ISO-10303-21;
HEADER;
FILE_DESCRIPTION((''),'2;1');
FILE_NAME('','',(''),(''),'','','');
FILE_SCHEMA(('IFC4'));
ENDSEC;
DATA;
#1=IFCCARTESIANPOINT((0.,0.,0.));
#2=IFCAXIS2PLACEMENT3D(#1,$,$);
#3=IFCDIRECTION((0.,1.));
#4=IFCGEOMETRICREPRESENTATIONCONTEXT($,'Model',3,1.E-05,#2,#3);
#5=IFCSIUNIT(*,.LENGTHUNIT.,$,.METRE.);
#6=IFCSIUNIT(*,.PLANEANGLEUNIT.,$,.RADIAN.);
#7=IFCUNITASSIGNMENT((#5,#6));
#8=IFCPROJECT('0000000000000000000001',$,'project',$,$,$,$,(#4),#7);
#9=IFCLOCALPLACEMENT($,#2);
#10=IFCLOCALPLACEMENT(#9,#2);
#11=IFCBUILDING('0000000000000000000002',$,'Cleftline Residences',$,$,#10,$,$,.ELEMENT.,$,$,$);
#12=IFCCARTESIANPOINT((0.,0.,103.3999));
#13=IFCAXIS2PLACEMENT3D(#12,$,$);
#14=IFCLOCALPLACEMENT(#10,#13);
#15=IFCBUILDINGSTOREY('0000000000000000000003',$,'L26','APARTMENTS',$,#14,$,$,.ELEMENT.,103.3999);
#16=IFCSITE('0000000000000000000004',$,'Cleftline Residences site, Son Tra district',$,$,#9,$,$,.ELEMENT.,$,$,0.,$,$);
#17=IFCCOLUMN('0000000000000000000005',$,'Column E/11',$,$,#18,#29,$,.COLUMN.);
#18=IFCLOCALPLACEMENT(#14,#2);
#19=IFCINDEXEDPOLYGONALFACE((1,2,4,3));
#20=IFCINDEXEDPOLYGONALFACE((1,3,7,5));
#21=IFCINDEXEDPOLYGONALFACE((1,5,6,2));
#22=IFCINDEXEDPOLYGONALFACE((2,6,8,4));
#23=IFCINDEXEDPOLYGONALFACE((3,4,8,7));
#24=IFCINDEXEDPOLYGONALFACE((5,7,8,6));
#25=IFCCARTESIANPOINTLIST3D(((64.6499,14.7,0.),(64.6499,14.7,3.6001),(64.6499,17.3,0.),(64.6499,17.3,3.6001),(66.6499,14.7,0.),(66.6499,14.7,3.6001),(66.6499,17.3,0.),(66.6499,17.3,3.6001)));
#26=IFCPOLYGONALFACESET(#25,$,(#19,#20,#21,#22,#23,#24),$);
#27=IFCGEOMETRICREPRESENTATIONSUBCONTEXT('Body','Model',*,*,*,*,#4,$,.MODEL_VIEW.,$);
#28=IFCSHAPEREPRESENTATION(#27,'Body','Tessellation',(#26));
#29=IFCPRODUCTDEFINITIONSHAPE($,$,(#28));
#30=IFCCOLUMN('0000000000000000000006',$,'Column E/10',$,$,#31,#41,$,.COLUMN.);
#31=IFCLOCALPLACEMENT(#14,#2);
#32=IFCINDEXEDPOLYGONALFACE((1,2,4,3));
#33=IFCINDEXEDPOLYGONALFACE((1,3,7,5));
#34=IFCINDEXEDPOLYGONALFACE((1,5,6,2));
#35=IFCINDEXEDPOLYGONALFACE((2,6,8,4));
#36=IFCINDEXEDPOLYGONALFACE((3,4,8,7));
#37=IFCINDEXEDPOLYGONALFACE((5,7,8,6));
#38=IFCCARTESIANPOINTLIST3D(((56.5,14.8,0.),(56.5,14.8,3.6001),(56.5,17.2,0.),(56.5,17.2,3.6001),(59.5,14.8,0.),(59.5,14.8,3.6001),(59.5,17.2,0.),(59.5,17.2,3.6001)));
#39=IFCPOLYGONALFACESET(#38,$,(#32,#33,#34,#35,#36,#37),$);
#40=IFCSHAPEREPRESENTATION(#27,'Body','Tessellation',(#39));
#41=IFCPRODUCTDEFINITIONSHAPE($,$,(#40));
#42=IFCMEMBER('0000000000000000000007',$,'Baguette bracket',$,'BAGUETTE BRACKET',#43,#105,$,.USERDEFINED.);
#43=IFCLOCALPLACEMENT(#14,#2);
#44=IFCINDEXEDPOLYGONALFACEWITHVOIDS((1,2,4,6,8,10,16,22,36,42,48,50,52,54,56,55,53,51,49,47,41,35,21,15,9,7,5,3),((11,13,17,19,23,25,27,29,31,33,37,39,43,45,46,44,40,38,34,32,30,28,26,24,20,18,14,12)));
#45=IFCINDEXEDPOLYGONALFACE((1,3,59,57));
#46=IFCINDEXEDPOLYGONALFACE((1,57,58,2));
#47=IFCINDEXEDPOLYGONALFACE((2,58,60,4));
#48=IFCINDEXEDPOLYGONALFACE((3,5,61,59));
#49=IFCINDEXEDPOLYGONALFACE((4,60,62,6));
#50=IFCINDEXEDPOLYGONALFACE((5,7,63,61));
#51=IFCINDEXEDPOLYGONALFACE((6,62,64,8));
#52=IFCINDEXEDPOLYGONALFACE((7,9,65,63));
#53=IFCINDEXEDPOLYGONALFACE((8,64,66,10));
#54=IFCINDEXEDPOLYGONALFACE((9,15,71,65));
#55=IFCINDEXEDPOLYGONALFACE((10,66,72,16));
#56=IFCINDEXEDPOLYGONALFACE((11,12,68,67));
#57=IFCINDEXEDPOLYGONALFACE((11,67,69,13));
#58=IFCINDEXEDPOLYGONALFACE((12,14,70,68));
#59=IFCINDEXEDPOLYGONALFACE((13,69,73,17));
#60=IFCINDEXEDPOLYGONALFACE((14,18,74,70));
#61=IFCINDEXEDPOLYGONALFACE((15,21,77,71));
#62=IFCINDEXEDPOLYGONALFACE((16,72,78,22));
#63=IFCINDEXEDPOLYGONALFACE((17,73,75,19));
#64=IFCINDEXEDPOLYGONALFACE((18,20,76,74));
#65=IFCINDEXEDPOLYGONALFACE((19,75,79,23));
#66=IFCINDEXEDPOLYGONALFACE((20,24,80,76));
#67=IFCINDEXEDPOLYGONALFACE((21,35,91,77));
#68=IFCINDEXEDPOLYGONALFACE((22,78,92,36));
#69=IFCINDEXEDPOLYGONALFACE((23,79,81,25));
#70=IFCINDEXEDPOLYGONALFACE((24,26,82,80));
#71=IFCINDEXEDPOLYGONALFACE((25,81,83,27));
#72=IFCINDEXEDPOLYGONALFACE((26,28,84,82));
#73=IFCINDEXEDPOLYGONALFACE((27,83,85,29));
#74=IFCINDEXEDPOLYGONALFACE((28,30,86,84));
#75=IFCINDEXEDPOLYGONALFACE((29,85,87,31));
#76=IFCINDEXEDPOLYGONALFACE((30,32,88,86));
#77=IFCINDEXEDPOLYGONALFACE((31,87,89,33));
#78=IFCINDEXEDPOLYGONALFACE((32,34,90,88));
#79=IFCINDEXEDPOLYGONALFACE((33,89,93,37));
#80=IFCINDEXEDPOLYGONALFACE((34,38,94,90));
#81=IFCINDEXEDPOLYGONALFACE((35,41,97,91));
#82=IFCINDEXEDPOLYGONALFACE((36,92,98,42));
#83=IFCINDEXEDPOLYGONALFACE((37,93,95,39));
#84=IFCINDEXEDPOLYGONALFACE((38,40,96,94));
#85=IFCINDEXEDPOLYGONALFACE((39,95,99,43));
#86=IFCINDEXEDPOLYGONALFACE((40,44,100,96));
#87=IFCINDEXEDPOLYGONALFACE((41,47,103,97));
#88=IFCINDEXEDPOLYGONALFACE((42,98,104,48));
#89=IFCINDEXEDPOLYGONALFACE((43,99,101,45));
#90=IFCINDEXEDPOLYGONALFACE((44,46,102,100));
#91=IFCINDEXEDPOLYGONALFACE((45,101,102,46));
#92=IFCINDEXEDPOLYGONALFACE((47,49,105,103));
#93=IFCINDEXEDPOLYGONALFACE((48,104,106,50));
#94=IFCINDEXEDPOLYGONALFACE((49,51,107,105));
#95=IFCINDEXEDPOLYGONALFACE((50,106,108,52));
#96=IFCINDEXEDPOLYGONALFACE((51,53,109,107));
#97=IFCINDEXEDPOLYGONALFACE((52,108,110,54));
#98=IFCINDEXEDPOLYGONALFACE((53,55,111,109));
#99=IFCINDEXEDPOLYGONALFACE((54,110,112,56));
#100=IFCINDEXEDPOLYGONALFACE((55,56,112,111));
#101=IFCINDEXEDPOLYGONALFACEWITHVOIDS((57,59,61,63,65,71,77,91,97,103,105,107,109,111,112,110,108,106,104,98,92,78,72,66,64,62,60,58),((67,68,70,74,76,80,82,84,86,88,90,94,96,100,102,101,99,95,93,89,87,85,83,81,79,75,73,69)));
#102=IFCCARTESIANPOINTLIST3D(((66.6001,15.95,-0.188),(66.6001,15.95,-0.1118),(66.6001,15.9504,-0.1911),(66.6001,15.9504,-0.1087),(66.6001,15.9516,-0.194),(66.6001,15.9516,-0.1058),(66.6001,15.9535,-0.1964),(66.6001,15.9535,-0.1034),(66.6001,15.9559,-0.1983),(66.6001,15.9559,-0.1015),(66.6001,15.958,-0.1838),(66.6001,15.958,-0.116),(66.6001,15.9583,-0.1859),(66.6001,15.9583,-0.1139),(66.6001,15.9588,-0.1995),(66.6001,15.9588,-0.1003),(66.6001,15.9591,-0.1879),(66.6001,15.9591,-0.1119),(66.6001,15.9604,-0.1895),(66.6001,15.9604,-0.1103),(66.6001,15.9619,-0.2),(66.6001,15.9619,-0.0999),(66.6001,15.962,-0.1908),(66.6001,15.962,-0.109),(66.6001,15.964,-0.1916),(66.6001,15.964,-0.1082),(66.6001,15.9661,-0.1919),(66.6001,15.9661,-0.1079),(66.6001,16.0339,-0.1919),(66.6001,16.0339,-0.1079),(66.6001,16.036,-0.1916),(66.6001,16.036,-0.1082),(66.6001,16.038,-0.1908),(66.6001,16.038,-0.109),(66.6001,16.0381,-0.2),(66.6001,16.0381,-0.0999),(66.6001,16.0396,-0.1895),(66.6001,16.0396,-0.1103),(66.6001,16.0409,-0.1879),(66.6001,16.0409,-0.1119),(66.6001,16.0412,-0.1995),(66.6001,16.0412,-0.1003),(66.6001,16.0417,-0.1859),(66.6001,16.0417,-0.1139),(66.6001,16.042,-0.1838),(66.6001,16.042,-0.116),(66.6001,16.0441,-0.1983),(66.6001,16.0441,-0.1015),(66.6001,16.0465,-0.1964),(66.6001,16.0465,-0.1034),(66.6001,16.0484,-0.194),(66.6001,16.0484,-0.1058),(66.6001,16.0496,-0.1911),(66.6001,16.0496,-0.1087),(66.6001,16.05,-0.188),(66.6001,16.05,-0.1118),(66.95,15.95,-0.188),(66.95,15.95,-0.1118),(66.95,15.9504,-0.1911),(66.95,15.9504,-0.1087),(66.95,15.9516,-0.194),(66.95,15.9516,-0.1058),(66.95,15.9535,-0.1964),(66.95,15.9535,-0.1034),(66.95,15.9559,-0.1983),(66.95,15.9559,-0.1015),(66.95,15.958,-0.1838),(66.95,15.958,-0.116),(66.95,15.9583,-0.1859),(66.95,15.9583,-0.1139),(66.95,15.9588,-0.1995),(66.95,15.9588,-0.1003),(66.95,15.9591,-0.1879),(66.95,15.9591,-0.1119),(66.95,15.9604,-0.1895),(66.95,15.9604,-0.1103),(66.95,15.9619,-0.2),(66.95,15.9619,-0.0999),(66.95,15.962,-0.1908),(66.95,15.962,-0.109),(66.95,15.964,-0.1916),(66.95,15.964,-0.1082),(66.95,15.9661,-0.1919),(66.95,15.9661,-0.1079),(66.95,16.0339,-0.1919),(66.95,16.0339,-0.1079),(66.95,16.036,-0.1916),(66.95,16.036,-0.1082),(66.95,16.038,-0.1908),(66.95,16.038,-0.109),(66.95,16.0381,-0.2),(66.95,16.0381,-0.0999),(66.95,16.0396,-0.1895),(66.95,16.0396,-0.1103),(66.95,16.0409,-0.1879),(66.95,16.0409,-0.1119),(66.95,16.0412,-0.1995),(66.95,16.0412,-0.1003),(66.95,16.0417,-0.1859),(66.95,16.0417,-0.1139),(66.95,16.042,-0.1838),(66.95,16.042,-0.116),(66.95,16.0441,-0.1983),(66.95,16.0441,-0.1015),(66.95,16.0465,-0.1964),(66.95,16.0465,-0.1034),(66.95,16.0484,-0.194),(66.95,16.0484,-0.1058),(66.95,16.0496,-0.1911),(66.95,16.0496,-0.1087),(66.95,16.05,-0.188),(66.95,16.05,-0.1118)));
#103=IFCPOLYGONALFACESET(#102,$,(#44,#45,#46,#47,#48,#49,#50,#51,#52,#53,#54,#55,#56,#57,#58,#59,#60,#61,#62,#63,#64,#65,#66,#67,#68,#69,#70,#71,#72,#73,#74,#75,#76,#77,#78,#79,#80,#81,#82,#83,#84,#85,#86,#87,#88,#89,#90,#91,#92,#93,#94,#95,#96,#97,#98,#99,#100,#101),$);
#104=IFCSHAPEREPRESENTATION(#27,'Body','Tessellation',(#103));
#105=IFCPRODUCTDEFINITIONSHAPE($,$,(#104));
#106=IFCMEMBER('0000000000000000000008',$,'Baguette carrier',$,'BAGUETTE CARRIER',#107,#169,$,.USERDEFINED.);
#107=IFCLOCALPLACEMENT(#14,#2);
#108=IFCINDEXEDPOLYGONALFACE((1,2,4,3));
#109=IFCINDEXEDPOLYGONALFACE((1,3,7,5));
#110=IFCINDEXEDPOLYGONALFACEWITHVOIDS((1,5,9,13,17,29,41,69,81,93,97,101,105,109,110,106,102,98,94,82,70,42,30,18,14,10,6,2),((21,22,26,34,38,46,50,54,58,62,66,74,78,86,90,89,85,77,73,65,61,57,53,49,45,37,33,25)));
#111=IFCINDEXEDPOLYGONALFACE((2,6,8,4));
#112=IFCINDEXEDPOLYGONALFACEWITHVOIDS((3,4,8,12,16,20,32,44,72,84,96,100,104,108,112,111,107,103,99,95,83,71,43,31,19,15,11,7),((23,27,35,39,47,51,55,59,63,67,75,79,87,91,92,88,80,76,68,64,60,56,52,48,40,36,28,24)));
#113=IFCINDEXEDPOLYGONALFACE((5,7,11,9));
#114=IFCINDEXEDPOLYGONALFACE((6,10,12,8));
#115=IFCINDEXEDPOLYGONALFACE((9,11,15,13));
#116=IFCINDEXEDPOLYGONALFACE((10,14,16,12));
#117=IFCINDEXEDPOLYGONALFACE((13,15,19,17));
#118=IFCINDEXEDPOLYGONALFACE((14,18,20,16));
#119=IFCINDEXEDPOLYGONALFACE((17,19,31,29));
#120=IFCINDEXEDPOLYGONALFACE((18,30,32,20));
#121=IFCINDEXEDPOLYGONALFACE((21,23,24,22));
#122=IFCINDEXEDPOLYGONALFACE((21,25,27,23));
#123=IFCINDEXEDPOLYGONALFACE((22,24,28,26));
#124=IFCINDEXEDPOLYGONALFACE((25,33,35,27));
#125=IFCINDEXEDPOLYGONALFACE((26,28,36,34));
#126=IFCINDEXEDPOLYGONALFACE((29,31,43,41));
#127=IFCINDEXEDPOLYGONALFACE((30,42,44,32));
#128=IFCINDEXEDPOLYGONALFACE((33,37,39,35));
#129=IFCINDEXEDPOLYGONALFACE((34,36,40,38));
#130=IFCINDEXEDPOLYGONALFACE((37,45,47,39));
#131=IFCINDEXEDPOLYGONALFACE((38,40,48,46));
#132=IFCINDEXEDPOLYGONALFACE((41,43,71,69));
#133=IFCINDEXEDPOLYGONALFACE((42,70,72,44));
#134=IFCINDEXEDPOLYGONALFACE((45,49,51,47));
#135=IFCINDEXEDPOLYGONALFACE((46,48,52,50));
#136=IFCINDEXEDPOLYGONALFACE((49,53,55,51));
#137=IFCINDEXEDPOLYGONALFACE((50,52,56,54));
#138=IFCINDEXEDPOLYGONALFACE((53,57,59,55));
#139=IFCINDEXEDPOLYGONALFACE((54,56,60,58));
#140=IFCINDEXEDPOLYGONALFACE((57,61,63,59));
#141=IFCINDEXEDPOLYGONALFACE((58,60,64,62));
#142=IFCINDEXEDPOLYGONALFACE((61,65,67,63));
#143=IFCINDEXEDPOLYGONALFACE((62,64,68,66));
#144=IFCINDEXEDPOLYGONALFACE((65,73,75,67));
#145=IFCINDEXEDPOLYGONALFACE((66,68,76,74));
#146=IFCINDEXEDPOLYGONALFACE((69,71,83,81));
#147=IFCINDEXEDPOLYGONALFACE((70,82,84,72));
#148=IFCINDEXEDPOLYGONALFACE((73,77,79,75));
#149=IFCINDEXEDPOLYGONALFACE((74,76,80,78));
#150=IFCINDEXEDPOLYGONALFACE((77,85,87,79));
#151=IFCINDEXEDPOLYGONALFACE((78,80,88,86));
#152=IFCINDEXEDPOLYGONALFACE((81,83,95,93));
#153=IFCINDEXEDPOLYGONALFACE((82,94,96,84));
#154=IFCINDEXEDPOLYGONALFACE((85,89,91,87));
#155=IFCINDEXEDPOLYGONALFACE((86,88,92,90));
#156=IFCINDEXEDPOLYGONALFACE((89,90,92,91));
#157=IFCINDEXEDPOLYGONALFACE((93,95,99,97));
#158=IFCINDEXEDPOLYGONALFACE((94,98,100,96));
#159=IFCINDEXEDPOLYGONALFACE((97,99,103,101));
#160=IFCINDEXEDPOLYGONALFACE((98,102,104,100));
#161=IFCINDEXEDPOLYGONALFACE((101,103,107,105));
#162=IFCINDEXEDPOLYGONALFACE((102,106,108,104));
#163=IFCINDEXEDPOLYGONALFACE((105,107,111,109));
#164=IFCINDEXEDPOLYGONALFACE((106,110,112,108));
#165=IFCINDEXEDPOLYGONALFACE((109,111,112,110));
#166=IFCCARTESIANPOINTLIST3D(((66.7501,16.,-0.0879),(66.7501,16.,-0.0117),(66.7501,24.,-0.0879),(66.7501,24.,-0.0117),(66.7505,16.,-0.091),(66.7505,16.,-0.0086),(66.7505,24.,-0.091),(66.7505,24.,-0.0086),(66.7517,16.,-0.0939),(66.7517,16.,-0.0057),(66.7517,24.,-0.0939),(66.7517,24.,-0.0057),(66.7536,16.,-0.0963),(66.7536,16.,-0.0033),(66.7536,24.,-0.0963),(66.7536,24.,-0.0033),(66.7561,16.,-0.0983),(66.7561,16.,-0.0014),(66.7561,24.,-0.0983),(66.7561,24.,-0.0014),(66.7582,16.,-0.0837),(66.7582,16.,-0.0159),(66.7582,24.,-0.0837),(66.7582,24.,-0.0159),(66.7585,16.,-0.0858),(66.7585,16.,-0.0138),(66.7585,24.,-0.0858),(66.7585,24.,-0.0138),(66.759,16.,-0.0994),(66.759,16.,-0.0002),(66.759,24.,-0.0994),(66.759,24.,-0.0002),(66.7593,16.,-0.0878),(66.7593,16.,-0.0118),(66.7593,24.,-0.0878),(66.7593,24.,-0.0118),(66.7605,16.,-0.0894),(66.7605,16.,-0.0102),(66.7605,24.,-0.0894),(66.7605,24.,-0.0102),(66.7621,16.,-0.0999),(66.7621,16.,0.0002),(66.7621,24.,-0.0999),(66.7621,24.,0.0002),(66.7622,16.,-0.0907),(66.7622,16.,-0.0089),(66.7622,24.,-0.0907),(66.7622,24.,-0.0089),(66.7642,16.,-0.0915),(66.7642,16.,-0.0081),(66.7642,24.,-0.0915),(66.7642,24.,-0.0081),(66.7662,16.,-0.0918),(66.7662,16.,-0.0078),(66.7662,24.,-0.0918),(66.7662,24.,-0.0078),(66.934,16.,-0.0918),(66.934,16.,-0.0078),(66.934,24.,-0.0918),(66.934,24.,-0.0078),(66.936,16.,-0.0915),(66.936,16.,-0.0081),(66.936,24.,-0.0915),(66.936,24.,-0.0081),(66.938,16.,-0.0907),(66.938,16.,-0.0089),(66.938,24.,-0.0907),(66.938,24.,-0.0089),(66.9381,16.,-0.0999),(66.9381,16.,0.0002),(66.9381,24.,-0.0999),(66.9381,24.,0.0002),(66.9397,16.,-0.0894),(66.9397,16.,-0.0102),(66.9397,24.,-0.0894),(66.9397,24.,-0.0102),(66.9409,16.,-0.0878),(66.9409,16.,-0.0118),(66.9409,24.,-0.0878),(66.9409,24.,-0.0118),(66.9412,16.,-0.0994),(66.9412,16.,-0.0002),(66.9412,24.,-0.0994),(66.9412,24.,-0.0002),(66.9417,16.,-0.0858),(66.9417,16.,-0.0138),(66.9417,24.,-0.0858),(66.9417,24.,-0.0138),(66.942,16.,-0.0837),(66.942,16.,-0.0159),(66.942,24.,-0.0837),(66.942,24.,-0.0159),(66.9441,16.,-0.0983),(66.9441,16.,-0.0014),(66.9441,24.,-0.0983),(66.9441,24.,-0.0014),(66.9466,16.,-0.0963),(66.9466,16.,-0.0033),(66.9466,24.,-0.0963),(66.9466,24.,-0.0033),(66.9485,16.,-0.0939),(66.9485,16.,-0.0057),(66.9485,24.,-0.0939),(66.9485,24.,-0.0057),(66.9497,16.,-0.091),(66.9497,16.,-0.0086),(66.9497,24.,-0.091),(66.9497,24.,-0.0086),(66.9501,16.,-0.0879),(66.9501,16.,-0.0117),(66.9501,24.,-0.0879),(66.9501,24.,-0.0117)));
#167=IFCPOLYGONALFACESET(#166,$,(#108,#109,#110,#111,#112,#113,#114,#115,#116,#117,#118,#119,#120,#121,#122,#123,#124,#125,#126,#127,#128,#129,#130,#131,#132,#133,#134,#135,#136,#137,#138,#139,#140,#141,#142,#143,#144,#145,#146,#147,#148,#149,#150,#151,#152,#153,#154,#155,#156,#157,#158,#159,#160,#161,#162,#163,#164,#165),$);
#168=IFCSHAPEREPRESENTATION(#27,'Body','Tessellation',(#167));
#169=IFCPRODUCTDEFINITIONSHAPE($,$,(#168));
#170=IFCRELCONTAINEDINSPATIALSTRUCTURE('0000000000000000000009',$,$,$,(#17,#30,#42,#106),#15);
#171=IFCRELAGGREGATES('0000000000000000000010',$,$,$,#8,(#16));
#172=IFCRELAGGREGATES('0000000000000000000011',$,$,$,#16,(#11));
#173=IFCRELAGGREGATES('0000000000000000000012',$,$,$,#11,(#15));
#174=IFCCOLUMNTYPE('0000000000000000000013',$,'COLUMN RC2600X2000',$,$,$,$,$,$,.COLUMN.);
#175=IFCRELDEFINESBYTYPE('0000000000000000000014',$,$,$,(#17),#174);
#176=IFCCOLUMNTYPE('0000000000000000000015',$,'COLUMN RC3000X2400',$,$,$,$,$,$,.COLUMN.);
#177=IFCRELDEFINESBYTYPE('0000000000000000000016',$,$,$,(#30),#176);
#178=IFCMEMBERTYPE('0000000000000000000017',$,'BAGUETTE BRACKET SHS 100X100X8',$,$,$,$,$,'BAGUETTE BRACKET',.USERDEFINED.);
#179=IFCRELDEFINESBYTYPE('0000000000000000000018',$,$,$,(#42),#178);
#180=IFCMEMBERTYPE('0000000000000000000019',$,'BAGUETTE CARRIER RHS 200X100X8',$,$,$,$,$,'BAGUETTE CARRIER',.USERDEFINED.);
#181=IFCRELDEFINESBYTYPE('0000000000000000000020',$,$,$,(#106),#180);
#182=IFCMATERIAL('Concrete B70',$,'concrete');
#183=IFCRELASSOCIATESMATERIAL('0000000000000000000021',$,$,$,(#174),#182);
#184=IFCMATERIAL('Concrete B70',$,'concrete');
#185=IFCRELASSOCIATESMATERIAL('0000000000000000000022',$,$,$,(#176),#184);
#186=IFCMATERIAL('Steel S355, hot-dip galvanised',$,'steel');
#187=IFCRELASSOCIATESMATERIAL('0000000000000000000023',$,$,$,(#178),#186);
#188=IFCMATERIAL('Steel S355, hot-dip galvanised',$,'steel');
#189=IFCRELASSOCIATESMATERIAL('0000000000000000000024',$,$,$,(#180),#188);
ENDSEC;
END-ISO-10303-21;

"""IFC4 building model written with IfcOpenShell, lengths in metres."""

from ifc_helpers import new_model, si_unit, direction, frame, origin, origin_2d, place, context, subcontext, project, spatial, rectangle, hollow_rectangle, extrude, material, material_profile, profile_set, type_object, element, save


model = new_model("IFC4")

# Units and contexts
model_context = context("Model", 3, precision=1e-05, world=origin(), true_north=direction((0.0, 1.0)))
body_context = subcontext(model_context, "Body", "Model", "MODEL_VIEW")
ifc_project = project(units=[si_unit("LENGTHUNIT", "METRE"), si_unit("PLANEANGLEUNIT", "RADIAN")], contexts=[model_context])

# Site, building, storey
site_placement = place(None, origin())
site = spatial("IfcSite", under=ifc_project, at=site_placement, Name="Cleftline Residences site, Son Tra district", CompositionType="ELEMENT", RefElevation=0.0)
building_placement = place(site_placement, origin())
building = spatial("IfcBuilding", under=site, at=building_placement, Name="Cleftline Residences", CompositionType="ELEMENT")
storey_placement = place(building_placement, frame((0.0, 0.0, 103.3999)))
storey = spatial("IfcBuildingStorey", under=building, at=storey_placement, Name="L26", Description="APARTMENTS", CompositionType="ELEMENT", Elevation=103.3999)

# Columns
ifc_material_1 = material(Name="Concrete B70", Category="concrete")
ifc_material_profile_1 = material_profile(ifc_material_1, rectangle(XDim=2.6001, YDim=2.0, at=origin_2d()))
ifc_profile_set_1 = profile_set([ifc_material_profile_1], Name="Concrete B70")
column_type_1 = type_object("IfcColumnType", Name="COLUMN RC2600X2000", PredefinedType="COLUMN", material=ifc_profile_set_1)
column_1_placement = place(storey_placement, frame((65.6499, 16.0, 0.0), z_axis=(0.0, 0.0, 1.0), x_axis=(0.0, 1.0, 0.0)))
element("IfcColumn", 1, at=column_1_placement, inside=storey, type_object=column_type_1, Name="Column E/11", PredefinedType="COLUMN", context=body_context, shape_type="SweptSolid", body=[
    extrude(rectangle(XDim=2.6001, YDim=2.0, at=origin_2d()), origin(), (0.0, 0.0, 1.0), 3.6001),
])
ifc_material_2 = material(Name="Concrete B70", Category="concrete")
ifc_material_profile_2 = material_profile(ifc_material_2, rectangle(XDim=3.0, YDim=2.3999, at=origin_2d()))
ifc_profile_set_2 = profile_set([ifc_material_profile_2], Name="Concrete B70")
column_type_2 = type_object("IfcColumnType", Name="COLUMN RC3000X2400", PredefinedType="COLUMN", material=ifc_profile_set_2)
column_2_placement = place(storey_placement, frame((58.0, 16.0, 0.0), z_axis=(0.0, 0.0, 1.0), x_axis=(1.0, 0.0, 0.0)))
element("IfcColumn", 2, at=column_2_placement, inside=storey, type_object=column_type_2, Name="Column E/10", PredefinedType="COLUMN", context=body_context, shape_type="SweptSolid", body=[
    extrude(rectangle(XDim=3.0, YDim=2.3999, at=origin_2d()), origin(), (0.0, 0.0, 1.0), 3.6001),
])

# Members
ifc_material_3 = material(Name="Steel S355, hot-dip galvanised", Category="steel")
ifc_material_profile_3 = material_profile(ifc_material_3, hollow_rectangle(XDim=0.1001, YDim=0.1001, WallThickness=0.0081, InnerFilletRadius=0.0081, OuterFilletRadius=0.012, at=origin_2d()))
ifc_profile_set_3 = profile_set([ifc_material_profile_3], Name="Steel S355, hot-dip galvanised")
member_type_1 = type_object("IfcMemberType", Name="BAGUETTE BRACKET SHS 100X100X8", ElementType="BAGUETTE BRACKET", PredefinedType="USERDEFINED", material=ifc_profile_set_3)
member_1_placement = place(storey_placement, frame((66.6001, 16.0, -0.1499), z_axis=(1.0, 0.0, 0.0), x_axis=(0.0, 1.0, 0.0)))
element("IfcMember", 3, at=member_1_placement, inside=storey, type_object=member_type_1, Name="Baguette bracket", ObjectType="BAGUETTE BRACKET", PredefinedType="USERDEFINED", context=body_context, shape_type="SweptSolid", body=[
    extrude(hollow_rectangle(XDim=0.1001, YDim=0.1001, WallThickness=0.0081, InnerFilletRadius=0.0081, OuterFilletRadius=0.012, at=origin_2d()), origin(), (0.0, 0.0, 1.0), 0.3499),
])
ifc_material_4 = material(Name="Steel S355, hot-dip galvanised", Category="steel")
ifc_material_profile_4 = material_profile(ifc_material_4, hollow_rectangle(XDim=0.1001, YDim=0.2, WallThickness=0.0081, InnerFilletRadius=0.0081, OuterFilletRadius=0.012, at=origin_2d()))
ifc_profile_set_4 = profile_set([ifc_material_profile_4], Name="Steel S355, hot-dip galvanised")
member_type_2 = type_object("IfcMemberType", Name="BAGUETTE CARRIER RHS 200X100X8", ElementType="BAGUETTE CARRIER", PredefinedType="USERDEFINED", material=ifc_profile_set_4)
member_2_placement = place(storey_placement, frame((66.8501, 16.0, -0.0498), z_axis=(0.0, 1.0, 0.0), x_axis=(0.0, 0.0, 1.0)))
element("IfcMember", 4, at=member_2_placement, inside=storey, type_object=member_type_2, Name="Baguette carrier", ObjectType="BAGUETTE CARRIER", PredefinedType="USERDEFINED", context=body_context, shape_type="SweptSolid", body=[
    extrude(hollow_rectangle(XDim=0.1001, YDim=0.2, WallThickness=0.0081, InnerFilletRadius=0.0081, OuterFilletRadius=0.012, at=origin_2d()), origin(), (0.0, 0.0, 1.0), 8.0),
])

save(model, "model.ifc")
